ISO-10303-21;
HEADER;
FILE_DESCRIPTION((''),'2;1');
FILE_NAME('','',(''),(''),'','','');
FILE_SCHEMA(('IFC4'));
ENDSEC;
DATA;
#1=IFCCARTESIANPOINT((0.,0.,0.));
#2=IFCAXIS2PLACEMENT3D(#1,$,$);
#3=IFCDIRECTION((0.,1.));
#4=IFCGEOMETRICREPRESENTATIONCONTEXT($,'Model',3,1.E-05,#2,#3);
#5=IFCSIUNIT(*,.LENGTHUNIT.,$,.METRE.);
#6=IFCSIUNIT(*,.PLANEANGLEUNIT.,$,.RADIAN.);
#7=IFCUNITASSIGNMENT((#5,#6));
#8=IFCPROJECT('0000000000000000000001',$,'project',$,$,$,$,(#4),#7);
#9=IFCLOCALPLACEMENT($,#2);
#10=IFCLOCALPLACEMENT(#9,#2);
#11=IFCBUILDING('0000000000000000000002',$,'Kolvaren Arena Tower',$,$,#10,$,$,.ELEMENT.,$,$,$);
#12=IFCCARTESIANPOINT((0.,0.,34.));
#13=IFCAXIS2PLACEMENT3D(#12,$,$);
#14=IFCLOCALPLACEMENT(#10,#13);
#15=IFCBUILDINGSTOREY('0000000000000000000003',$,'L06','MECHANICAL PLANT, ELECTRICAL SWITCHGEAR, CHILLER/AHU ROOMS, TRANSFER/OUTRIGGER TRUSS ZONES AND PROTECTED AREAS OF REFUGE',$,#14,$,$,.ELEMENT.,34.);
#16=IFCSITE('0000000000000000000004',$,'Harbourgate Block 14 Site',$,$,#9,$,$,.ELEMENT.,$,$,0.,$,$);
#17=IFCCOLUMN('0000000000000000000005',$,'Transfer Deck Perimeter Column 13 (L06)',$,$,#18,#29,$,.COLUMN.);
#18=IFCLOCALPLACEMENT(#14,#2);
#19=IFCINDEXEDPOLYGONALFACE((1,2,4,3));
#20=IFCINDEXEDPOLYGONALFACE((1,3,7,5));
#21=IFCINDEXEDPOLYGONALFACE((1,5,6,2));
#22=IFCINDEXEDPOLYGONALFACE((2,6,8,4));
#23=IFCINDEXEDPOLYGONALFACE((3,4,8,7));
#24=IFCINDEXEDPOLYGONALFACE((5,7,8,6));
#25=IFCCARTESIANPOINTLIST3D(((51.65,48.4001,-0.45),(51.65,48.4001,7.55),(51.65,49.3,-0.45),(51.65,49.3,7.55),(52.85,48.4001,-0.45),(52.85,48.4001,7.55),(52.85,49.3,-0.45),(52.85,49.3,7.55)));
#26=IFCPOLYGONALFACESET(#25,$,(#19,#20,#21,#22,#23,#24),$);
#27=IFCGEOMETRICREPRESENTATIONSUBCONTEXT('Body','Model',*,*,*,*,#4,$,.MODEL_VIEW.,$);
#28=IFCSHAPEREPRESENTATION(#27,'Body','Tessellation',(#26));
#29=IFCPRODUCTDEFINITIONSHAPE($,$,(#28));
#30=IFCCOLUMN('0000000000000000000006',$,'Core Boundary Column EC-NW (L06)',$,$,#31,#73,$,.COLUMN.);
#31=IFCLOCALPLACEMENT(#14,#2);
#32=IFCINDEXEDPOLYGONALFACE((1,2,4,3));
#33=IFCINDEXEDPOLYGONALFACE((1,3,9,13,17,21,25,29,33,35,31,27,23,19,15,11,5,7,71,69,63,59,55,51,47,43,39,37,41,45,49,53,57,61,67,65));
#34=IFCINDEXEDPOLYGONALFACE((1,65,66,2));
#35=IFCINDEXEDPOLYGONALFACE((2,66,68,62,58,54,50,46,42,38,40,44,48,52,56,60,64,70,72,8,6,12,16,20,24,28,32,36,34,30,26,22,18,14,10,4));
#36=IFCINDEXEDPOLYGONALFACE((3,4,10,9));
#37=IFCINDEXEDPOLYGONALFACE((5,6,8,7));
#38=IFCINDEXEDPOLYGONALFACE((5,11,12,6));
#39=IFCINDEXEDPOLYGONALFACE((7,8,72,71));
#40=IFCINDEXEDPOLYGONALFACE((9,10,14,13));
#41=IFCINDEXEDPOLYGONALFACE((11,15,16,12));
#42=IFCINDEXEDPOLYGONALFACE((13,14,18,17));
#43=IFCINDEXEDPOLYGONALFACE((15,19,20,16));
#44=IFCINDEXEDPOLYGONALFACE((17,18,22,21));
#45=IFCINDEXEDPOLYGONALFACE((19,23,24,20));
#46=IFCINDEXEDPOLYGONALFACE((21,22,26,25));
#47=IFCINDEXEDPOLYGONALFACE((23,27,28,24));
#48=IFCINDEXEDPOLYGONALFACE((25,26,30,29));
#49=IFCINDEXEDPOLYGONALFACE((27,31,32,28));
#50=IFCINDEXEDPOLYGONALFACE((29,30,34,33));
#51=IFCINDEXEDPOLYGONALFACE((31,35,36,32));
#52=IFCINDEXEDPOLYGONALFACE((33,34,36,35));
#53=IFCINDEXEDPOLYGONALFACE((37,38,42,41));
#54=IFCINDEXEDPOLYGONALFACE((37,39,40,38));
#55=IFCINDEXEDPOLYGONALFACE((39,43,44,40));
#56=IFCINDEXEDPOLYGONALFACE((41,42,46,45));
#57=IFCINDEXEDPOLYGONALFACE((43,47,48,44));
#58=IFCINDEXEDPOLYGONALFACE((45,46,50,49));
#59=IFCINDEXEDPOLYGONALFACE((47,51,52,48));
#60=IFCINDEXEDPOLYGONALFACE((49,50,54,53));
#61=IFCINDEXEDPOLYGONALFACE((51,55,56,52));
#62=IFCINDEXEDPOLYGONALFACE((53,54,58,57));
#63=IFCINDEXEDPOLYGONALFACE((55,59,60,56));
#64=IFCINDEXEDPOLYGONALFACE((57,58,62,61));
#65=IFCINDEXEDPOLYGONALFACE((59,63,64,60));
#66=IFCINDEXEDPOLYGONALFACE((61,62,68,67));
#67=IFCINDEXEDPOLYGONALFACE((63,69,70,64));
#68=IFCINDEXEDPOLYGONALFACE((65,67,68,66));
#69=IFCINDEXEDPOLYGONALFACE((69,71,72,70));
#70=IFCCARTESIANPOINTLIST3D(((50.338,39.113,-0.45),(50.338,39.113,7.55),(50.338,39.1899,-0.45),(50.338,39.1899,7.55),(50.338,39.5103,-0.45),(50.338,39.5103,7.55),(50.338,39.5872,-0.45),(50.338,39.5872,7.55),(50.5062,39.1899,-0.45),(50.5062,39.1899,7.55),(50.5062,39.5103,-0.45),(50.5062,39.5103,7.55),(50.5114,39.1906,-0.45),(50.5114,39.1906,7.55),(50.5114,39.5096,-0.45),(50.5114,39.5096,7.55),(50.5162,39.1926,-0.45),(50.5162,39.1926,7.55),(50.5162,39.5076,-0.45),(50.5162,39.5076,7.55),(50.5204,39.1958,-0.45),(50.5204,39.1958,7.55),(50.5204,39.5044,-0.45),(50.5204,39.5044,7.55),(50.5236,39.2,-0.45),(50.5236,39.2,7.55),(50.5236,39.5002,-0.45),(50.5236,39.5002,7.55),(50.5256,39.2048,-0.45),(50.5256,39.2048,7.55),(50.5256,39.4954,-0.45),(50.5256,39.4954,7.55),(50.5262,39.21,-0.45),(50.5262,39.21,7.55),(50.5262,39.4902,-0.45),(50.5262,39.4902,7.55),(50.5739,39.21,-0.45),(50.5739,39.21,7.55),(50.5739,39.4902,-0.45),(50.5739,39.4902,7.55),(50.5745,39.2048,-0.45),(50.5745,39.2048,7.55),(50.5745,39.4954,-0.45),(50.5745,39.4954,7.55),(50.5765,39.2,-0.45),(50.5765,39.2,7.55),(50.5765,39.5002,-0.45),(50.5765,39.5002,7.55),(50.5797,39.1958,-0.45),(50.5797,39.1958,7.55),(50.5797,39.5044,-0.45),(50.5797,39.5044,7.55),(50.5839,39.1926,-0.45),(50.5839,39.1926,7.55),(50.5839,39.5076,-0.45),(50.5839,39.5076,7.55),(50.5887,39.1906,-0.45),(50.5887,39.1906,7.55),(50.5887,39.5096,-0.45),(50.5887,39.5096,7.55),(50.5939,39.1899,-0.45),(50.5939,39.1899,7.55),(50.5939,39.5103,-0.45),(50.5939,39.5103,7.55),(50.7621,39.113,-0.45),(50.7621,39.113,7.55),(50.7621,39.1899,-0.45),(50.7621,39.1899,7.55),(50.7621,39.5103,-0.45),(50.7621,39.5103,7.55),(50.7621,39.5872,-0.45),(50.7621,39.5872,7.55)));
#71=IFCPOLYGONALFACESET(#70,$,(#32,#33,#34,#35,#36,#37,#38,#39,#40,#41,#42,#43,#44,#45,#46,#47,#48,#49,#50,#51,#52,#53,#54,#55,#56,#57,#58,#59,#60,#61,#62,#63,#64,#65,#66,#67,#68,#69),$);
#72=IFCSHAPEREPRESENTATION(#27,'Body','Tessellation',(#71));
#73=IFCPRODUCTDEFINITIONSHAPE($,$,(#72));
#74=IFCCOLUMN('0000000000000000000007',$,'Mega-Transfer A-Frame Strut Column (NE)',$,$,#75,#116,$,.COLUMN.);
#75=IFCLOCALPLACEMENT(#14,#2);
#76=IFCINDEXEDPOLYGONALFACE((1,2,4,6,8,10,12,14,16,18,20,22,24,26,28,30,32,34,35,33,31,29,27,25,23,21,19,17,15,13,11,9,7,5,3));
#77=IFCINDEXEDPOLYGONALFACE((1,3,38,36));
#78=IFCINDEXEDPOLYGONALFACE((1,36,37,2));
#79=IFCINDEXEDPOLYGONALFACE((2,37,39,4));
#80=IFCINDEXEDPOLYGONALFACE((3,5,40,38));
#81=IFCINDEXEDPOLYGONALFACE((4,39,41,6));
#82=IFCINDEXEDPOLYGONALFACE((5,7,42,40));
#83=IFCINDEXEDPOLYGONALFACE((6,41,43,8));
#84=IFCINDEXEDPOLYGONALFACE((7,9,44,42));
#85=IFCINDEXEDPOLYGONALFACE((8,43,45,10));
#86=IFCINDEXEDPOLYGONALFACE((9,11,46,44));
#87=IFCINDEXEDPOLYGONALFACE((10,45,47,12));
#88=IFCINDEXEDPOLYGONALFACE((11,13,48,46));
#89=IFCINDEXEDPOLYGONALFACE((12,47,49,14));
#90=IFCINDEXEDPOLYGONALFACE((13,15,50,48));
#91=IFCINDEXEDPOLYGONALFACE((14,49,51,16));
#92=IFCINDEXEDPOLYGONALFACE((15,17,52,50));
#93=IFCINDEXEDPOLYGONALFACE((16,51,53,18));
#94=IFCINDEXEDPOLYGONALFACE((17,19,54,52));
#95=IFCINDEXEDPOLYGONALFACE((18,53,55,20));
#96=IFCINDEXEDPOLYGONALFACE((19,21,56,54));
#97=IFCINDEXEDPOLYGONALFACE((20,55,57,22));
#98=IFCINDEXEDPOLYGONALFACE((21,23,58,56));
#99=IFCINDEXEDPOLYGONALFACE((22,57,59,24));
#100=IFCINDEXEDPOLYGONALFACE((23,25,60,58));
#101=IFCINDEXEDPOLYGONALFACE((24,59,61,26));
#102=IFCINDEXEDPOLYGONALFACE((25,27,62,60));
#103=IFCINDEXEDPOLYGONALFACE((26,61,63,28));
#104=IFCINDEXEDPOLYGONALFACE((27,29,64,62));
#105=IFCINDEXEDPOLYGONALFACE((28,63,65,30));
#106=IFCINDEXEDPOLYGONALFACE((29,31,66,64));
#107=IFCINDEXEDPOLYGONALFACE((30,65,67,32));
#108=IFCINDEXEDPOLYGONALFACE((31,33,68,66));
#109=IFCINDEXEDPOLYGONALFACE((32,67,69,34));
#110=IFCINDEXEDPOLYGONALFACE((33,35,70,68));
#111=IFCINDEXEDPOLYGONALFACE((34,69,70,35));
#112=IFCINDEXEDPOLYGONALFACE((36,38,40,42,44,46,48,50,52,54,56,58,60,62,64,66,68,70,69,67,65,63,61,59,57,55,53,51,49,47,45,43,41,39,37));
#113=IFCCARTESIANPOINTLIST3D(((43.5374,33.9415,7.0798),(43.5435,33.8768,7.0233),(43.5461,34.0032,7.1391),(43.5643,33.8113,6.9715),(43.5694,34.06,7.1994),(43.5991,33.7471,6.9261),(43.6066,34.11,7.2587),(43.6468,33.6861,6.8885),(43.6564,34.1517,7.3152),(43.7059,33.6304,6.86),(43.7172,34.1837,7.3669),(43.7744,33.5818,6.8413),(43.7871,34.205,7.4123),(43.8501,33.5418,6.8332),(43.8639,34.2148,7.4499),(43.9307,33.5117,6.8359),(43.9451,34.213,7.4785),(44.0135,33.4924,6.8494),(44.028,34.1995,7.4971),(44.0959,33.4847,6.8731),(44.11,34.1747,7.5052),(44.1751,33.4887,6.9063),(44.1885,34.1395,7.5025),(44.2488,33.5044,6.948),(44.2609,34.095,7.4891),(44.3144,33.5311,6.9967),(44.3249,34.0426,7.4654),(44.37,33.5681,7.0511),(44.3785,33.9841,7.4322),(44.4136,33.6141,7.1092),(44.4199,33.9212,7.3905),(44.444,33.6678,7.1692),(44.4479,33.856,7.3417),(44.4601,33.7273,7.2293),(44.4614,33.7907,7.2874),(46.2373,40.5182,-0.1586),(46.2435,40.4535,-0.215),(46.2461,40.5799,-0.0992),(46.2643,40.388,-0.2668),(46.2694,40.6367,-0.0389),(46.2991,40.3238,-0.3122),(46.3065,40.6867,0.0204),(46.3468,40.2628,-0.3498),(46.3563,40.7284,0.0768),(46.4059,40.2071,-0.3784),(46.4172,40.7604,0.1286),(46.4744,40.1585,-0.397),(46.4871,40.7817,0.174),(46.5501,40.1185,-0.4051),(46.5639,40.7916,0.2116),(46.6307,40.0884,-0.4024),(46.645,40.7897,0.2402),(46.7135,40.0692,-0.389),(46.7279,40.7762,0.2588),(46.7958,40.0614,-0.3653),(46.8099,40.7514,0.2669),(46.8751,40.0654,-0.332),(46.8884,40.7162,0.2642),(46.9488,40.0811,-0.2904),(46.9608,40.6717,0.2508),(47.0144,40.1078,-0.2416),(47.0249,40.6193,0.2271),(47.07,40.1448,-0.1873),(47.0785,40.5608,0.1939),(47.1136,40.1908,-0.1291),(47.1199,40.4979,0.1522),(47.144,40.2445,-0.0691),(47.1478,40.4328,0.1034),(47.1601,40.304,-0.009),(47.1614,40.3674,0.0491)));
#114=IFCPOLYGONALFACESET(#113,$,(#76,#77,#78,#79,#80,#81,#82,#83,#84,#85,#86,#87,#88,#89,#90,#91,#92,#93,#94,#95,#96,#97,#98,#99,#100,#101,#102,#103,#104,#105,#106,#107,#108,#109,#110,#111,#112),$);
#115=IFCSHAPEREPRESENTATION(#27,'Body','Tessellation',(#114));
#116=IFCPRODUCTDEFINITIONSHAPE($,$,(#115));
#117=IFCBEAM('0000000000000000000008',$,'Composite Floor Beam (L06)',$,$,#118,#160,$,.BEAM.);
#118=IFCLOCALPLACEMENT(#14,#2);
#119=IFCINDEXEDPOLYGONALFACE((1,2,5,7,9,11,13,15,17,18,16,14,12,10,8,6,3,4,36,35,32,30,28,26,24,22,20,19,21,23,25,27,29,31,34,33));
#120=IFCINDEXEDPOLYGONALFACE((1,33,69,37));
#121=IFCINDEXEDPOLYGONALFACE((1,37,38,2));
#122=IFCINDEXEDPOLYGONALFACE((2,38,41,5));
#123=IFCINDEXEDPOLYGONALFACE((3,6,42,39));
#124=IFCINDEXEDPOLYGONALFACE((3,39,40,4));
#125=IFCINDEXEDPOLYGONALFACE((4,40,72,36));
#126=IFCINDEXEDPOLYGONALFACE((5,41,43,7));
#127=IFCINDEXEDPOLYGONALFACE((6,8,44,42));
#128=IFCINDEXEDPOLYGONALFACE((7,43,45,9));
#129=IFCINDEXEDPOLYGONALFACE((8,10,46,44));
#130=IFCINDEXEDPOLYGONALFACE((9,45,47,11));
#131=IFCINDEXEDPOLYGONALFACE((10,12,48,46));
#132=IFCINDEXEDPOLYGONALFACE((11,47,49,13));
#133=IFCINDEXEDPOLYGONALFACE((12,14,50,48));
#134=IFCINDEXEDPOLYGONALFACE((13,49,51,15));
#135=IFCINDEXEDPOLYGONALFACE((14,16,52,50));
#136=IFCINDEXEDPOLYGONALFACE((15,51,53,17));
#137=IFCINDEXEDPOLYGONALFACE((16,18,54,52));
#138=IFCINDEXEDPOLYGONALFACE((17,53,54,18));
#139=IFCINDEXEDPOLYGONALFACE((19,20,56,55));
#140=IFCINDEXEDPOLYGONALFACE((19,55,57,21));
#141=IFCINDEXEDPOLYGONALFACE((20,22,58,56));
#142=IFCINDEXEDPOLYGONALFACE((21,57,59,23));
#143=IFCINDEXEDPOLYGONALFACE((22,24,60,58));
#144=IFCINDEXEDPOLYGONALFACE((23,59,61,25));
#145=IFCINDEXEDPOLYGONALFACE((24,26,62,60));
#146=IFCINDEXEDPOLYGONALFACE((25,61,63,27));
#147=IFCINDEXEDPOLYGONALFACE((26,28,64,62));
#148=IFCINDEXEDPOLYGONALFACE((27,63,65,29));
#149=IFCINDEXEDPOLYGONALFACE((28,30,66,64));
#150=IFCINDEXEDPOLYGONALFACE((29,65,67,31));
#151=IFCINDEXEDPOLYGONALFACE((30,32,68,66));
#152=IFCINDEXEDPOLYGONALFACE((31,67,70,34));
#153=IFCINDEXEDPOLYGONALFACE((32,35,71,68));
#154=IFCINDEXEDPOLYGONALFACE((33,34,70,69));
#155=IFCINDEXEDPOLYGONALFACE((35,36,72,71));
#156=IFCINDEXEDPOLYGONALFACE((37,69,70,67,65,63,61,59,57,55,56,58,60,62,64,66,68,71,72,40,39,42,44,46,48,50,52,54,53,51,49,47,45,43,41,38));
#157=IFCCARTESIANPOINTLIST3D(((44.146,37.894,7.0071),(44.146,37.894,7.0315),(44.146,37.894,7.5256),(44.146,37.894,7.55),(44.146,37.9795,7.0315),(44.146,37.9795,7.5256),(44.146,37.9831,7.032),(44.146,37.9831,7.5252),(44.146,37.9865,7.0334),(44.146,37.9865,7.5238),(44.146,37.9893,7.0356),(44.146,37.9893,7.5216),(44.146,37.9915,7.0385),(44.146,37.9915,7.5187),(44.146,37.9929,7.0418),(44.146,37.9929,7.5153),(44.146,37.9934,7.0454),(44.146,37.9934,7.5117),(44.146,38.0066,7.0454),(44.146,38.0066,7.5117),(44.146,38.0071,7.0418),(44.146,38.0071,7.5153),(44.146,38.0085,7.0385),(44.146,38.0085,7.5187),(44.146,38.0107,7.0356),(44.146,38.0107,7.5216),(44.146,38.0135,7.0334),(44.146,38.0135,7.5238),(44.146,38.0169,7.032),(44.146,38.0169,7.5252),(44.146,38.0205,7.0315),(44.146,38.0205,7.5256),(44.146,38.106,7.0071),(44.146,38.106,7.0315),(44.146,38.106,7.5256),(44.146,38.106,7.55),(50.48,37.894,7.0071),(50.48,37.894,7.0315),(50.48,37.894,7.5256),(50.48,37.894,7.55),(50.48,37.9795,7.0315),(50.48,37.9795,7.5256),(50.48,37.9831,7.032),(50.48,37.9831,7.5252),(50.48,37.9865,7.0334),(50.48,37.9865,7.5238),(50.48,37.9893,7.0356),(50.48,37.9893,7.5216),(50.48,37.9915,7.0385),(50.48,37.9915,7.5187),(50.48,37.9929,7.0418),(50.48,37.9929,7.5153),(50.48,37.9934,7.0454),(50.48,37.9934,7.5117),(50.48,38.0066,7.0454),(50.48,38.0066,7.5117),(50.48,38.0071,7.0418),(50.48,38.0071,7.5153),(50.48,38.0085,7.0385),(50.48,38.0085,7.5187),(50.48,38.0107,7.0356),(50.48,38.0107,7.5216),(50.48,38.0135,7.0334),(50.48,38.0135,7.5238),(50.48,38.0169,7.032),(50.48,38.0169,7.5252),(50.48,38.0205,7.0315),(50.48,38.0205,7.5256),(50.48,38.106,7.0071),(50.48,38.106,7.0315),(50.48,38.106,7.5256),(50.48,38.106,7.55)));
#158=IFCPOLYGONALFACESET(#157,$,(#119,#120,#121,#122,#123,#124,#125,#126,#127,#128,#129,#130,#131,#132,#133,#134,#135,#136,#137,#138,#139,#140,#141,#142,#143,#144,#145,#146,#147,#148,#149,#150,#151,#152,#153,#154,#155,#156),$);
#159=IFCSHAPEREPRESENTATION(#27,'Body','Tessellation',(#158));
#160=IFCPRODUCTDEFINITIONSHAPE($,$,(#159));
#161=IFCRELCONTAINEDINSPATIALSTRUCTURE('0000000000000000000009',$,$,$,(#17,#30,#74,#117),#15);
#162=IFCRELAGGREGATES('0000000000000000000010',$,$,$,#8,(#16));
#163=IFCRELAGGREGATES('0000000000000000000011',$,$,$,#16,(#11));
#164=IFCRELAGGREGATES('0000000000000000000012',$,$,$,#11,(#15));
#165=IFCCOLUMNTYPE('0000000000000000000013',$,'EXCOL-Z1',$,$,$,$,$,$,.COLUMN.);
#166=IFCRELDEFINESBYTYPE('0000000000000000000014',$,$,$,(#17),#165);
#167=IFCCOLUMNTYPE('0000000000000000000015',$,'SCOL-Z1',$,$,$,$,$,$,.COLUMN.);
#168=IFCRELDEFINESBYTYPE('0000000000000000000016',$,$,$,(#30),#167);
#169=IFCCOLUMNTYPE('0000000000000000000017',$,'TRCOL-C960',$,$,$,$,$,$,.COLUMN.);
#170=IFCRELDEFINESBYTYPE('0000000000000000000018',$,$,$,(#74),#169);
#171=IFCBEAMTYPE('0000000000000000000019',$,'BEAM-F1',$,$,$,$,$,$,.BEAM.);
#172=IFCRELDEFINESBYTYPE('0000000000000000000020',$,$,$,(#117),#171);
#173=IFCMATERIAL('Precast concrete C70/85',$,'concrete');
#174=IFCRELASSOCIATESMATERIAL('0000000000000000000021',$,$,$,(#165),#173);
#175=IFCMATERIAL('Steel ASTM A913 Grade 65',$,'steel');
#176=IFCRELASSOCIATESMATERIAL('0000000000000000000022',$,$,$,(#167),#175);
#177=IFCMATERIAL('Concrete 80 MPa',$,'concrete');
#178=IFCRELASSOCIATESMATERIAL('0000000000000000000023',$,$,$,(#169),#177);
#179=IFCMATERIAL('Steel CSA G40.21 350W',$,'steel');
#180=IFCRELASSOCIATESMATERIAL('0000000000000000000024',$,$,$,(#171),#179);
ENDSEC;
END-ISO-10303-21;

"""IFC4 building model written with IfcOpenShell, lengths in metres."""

from ifc_helpers import new_model, si_unit, direction, frame, origin, origin_2d, place, context, subcontext, project, spatial, rectangle, circle, i_section, extrude, material, material_profile, profile_set, type_object, element, save


model = new_model("IFC4")

# Units and contexts
model_context = context("Model", 3, precision=1e-05, world=origin(), true_north=direction((0.0, 1.0)))
body_context = subcontext(model_context, "Body", "Model", "MODEL_VIEW")
ifc_project = project(units=[si_unit("LENGTHUNIT", "METRE"), si_unit("PLANEANGLEUNIT", "RADIAN")], contexts=[model_context])

# Site, building, storey
site_placement = place(None, origin())
site = spatial("IfcSite", under=ifc_project, at=site_placement, Name="Harbourgate Block 14 Site", CompositionType="ELEMENT", RefElevation=0.0)
building_placement = place(site_placement, origin())
building = spatial("IfcBuilding", under=site, at=building_placement, Name="Kolvaren Arena Tower", CompositionType="ELEMENT")
storey_placement = place(building_placement, frame((0.0, 0.0, 34.0)))
storey = spatial("IfcBuildingStorey", under=building, at=storey_placement, Name="L06", Description="MECHANICAL PLANT, ELECTRICAL SWITCHGEAR, CHILLER/AHU ROOMS, TRANSFER/OUTRIGGER TRUSS ZONES AND PROTECTED AREAS OF REFUGE", CompositionType="ELEMENT", Elevation=34.0)

# Columns
ifc_material_1 = material(Name="Precast concrete C70/85", Category="concrete")
ifc_material_profile_1 = material_profile(ifc_material_1, rectangle(XDim=1.2, YDim=0.8999, at=origin_2d()), Name="RC-1200x900")
ifc_profile_set_1 = profile_set([ifc_material_profile_1], Name="Precast concrete C70/85")
column_type_1 = type_object("IfcColumnType", Name="EXCOL-Z1", PredefinedType="COLUMN", material=ifc_profile_set_1)
column_1_placement = place(storey_placement, frame((52.25, 48.8501, -0.45), z_axis=(0.0, 0.0, 1.0), x_axis=(1.0, 0.0, 0.0)))
element("IfcColumn", 1, at=column_1_placement, inside=storey, type_object=column_type_1, Name="Transfer Deck Perimeter Column 13 (L06)", PredefinedType="COLUMN", context=body_context, shape_type="SweptSolid", body=[
    extrude(rectangle(XDim=1.2, YDim=0.8999, at=origin_2d()), origin(), (0.0, 0.0, 1.0), 8.0),
])
ifc_material_2 = material(Name="Steel ASTM A913 Grade 65", Category="steel")
ifc_material_profile_2 = material_profile(ifc_material_2, i_section(OverallWidth=0.4241, OverallDepth=0.4741, WebThickness=0.0476, FlangeThickness=0.0769, FilletRadius=0.02, at=origin_2d()), Name="W360x634")
ifc_profile_set_2 = profile_set([ifc_material_profile_2], Name="Steel ASTM A913 Grade 65")
column_type_2 = type_object("IfcColumnType", Name="SCOL-Z1", PredefinedType="COLUMN", material=ifc_profile_set_2)
column_2_placement = place(storey_placement, frame((50.55, 39.3501, -0.45), z_axis=(0.0, 0.0, 1.0), x_axis=(1.0, 0.0, 0.0)))
element("IfcColumn", 2, at=column_2_placement, inside=storey, type_object=column_type_2, Name="Core Boundary Column EC-NW (L06)", PredefinedType="COLUMN", context=body_context, shape_type="SweptSolid", body=[
    extrude(i_section(OverallWidth=0.4241, OverallDepth=0.4741, WebThickness=0.0476, FlangeThickness=0.0769, FilletRadius=0.02, at=origin_2d()), origin(), (0.0, 0.0, 1.0), 8.0),
])
ifc_material_3 = material(Name="Concrete 80 MPa", Category="concrete")
ifc_material_profile_3 = material_profile(ifc_material_3, circle(Radius=0.48, at=origin_2d()), Name="RC-CIRC-960")
ifc_profile_set_3 = profile_set([ifc_material_profile_3], Name="Concrete 80 MPa")
column_type_3 = type_object("IfcColumnType", Name="TRCOL-C960", PredefinedType="COLUMN", material=ifc_profile_set_3)
column_3_placement = place(storey_placement, frame((46.7, 40.4268, -0.0691), z_axis=(-0.266118, -0.648222, 0.713435), x_axis=(0.925078, -0.379777, 0.0)))
element("IfcColumn", 3, at=column_3_placement, inside=storey, type_object=column_type_3, Name="Mega-Transfer A-Frame Strut Column (NE)", PredefinedType="COLUMN", context=body_context, shape_type="SweptSolid", body=[
    extrude(circle(Radius=0.48, at=origin_2d()), origin(), (0.0, 0.0, 1.0), 10.1458),
])

# Beam
ifc_material_4 = material(Name="Steel CSA G40.21 350W", Category="steel")
ifc_material_profile_4 = material_profile(ifc_material_4, i_section(OverallWidth=0.2119, OverallDepth=0.543, WebThickness=0.0132, FlangeThickness=0.0244, FilletRadius=0.0139, at=origin_2d()), Name="W530x150")
ifc_profile_set_4 = profile_set([ifc_material_profile_4], Name="Steel CSA G40.21 350W")
beam_type_1 = type_object("IfcBeamType", Name="BEAM-F1", PredefinedType="BEAM", material=ifc_profile_set_4)
beam_1_placement = place(storey_placement, frame((44.146, 38.0, 7.2786), z_axis=(1.0, 0.0, 0.0), x_axis=(0.0, 1.0, 0.0)))
element("IfcBeam", 4, at=beam_1_placement, inside=storey, type_object=beam_type_1, Name="Composite Floor Beam (L06)", PredefinedType="BEAM", context=body_context, shape_type="SweptSolid", body=[
    extrude(i_section(OverallWidth=0.2119, OverallDepth=0.543, WebThickness=0.0132, FlangeThickness=0.0244, FilletRadius=0.0139, at=origin_2d()), origin(), (0.0, 0.0, 1.0), 6.334),
])

save(model, "model.ifc")
